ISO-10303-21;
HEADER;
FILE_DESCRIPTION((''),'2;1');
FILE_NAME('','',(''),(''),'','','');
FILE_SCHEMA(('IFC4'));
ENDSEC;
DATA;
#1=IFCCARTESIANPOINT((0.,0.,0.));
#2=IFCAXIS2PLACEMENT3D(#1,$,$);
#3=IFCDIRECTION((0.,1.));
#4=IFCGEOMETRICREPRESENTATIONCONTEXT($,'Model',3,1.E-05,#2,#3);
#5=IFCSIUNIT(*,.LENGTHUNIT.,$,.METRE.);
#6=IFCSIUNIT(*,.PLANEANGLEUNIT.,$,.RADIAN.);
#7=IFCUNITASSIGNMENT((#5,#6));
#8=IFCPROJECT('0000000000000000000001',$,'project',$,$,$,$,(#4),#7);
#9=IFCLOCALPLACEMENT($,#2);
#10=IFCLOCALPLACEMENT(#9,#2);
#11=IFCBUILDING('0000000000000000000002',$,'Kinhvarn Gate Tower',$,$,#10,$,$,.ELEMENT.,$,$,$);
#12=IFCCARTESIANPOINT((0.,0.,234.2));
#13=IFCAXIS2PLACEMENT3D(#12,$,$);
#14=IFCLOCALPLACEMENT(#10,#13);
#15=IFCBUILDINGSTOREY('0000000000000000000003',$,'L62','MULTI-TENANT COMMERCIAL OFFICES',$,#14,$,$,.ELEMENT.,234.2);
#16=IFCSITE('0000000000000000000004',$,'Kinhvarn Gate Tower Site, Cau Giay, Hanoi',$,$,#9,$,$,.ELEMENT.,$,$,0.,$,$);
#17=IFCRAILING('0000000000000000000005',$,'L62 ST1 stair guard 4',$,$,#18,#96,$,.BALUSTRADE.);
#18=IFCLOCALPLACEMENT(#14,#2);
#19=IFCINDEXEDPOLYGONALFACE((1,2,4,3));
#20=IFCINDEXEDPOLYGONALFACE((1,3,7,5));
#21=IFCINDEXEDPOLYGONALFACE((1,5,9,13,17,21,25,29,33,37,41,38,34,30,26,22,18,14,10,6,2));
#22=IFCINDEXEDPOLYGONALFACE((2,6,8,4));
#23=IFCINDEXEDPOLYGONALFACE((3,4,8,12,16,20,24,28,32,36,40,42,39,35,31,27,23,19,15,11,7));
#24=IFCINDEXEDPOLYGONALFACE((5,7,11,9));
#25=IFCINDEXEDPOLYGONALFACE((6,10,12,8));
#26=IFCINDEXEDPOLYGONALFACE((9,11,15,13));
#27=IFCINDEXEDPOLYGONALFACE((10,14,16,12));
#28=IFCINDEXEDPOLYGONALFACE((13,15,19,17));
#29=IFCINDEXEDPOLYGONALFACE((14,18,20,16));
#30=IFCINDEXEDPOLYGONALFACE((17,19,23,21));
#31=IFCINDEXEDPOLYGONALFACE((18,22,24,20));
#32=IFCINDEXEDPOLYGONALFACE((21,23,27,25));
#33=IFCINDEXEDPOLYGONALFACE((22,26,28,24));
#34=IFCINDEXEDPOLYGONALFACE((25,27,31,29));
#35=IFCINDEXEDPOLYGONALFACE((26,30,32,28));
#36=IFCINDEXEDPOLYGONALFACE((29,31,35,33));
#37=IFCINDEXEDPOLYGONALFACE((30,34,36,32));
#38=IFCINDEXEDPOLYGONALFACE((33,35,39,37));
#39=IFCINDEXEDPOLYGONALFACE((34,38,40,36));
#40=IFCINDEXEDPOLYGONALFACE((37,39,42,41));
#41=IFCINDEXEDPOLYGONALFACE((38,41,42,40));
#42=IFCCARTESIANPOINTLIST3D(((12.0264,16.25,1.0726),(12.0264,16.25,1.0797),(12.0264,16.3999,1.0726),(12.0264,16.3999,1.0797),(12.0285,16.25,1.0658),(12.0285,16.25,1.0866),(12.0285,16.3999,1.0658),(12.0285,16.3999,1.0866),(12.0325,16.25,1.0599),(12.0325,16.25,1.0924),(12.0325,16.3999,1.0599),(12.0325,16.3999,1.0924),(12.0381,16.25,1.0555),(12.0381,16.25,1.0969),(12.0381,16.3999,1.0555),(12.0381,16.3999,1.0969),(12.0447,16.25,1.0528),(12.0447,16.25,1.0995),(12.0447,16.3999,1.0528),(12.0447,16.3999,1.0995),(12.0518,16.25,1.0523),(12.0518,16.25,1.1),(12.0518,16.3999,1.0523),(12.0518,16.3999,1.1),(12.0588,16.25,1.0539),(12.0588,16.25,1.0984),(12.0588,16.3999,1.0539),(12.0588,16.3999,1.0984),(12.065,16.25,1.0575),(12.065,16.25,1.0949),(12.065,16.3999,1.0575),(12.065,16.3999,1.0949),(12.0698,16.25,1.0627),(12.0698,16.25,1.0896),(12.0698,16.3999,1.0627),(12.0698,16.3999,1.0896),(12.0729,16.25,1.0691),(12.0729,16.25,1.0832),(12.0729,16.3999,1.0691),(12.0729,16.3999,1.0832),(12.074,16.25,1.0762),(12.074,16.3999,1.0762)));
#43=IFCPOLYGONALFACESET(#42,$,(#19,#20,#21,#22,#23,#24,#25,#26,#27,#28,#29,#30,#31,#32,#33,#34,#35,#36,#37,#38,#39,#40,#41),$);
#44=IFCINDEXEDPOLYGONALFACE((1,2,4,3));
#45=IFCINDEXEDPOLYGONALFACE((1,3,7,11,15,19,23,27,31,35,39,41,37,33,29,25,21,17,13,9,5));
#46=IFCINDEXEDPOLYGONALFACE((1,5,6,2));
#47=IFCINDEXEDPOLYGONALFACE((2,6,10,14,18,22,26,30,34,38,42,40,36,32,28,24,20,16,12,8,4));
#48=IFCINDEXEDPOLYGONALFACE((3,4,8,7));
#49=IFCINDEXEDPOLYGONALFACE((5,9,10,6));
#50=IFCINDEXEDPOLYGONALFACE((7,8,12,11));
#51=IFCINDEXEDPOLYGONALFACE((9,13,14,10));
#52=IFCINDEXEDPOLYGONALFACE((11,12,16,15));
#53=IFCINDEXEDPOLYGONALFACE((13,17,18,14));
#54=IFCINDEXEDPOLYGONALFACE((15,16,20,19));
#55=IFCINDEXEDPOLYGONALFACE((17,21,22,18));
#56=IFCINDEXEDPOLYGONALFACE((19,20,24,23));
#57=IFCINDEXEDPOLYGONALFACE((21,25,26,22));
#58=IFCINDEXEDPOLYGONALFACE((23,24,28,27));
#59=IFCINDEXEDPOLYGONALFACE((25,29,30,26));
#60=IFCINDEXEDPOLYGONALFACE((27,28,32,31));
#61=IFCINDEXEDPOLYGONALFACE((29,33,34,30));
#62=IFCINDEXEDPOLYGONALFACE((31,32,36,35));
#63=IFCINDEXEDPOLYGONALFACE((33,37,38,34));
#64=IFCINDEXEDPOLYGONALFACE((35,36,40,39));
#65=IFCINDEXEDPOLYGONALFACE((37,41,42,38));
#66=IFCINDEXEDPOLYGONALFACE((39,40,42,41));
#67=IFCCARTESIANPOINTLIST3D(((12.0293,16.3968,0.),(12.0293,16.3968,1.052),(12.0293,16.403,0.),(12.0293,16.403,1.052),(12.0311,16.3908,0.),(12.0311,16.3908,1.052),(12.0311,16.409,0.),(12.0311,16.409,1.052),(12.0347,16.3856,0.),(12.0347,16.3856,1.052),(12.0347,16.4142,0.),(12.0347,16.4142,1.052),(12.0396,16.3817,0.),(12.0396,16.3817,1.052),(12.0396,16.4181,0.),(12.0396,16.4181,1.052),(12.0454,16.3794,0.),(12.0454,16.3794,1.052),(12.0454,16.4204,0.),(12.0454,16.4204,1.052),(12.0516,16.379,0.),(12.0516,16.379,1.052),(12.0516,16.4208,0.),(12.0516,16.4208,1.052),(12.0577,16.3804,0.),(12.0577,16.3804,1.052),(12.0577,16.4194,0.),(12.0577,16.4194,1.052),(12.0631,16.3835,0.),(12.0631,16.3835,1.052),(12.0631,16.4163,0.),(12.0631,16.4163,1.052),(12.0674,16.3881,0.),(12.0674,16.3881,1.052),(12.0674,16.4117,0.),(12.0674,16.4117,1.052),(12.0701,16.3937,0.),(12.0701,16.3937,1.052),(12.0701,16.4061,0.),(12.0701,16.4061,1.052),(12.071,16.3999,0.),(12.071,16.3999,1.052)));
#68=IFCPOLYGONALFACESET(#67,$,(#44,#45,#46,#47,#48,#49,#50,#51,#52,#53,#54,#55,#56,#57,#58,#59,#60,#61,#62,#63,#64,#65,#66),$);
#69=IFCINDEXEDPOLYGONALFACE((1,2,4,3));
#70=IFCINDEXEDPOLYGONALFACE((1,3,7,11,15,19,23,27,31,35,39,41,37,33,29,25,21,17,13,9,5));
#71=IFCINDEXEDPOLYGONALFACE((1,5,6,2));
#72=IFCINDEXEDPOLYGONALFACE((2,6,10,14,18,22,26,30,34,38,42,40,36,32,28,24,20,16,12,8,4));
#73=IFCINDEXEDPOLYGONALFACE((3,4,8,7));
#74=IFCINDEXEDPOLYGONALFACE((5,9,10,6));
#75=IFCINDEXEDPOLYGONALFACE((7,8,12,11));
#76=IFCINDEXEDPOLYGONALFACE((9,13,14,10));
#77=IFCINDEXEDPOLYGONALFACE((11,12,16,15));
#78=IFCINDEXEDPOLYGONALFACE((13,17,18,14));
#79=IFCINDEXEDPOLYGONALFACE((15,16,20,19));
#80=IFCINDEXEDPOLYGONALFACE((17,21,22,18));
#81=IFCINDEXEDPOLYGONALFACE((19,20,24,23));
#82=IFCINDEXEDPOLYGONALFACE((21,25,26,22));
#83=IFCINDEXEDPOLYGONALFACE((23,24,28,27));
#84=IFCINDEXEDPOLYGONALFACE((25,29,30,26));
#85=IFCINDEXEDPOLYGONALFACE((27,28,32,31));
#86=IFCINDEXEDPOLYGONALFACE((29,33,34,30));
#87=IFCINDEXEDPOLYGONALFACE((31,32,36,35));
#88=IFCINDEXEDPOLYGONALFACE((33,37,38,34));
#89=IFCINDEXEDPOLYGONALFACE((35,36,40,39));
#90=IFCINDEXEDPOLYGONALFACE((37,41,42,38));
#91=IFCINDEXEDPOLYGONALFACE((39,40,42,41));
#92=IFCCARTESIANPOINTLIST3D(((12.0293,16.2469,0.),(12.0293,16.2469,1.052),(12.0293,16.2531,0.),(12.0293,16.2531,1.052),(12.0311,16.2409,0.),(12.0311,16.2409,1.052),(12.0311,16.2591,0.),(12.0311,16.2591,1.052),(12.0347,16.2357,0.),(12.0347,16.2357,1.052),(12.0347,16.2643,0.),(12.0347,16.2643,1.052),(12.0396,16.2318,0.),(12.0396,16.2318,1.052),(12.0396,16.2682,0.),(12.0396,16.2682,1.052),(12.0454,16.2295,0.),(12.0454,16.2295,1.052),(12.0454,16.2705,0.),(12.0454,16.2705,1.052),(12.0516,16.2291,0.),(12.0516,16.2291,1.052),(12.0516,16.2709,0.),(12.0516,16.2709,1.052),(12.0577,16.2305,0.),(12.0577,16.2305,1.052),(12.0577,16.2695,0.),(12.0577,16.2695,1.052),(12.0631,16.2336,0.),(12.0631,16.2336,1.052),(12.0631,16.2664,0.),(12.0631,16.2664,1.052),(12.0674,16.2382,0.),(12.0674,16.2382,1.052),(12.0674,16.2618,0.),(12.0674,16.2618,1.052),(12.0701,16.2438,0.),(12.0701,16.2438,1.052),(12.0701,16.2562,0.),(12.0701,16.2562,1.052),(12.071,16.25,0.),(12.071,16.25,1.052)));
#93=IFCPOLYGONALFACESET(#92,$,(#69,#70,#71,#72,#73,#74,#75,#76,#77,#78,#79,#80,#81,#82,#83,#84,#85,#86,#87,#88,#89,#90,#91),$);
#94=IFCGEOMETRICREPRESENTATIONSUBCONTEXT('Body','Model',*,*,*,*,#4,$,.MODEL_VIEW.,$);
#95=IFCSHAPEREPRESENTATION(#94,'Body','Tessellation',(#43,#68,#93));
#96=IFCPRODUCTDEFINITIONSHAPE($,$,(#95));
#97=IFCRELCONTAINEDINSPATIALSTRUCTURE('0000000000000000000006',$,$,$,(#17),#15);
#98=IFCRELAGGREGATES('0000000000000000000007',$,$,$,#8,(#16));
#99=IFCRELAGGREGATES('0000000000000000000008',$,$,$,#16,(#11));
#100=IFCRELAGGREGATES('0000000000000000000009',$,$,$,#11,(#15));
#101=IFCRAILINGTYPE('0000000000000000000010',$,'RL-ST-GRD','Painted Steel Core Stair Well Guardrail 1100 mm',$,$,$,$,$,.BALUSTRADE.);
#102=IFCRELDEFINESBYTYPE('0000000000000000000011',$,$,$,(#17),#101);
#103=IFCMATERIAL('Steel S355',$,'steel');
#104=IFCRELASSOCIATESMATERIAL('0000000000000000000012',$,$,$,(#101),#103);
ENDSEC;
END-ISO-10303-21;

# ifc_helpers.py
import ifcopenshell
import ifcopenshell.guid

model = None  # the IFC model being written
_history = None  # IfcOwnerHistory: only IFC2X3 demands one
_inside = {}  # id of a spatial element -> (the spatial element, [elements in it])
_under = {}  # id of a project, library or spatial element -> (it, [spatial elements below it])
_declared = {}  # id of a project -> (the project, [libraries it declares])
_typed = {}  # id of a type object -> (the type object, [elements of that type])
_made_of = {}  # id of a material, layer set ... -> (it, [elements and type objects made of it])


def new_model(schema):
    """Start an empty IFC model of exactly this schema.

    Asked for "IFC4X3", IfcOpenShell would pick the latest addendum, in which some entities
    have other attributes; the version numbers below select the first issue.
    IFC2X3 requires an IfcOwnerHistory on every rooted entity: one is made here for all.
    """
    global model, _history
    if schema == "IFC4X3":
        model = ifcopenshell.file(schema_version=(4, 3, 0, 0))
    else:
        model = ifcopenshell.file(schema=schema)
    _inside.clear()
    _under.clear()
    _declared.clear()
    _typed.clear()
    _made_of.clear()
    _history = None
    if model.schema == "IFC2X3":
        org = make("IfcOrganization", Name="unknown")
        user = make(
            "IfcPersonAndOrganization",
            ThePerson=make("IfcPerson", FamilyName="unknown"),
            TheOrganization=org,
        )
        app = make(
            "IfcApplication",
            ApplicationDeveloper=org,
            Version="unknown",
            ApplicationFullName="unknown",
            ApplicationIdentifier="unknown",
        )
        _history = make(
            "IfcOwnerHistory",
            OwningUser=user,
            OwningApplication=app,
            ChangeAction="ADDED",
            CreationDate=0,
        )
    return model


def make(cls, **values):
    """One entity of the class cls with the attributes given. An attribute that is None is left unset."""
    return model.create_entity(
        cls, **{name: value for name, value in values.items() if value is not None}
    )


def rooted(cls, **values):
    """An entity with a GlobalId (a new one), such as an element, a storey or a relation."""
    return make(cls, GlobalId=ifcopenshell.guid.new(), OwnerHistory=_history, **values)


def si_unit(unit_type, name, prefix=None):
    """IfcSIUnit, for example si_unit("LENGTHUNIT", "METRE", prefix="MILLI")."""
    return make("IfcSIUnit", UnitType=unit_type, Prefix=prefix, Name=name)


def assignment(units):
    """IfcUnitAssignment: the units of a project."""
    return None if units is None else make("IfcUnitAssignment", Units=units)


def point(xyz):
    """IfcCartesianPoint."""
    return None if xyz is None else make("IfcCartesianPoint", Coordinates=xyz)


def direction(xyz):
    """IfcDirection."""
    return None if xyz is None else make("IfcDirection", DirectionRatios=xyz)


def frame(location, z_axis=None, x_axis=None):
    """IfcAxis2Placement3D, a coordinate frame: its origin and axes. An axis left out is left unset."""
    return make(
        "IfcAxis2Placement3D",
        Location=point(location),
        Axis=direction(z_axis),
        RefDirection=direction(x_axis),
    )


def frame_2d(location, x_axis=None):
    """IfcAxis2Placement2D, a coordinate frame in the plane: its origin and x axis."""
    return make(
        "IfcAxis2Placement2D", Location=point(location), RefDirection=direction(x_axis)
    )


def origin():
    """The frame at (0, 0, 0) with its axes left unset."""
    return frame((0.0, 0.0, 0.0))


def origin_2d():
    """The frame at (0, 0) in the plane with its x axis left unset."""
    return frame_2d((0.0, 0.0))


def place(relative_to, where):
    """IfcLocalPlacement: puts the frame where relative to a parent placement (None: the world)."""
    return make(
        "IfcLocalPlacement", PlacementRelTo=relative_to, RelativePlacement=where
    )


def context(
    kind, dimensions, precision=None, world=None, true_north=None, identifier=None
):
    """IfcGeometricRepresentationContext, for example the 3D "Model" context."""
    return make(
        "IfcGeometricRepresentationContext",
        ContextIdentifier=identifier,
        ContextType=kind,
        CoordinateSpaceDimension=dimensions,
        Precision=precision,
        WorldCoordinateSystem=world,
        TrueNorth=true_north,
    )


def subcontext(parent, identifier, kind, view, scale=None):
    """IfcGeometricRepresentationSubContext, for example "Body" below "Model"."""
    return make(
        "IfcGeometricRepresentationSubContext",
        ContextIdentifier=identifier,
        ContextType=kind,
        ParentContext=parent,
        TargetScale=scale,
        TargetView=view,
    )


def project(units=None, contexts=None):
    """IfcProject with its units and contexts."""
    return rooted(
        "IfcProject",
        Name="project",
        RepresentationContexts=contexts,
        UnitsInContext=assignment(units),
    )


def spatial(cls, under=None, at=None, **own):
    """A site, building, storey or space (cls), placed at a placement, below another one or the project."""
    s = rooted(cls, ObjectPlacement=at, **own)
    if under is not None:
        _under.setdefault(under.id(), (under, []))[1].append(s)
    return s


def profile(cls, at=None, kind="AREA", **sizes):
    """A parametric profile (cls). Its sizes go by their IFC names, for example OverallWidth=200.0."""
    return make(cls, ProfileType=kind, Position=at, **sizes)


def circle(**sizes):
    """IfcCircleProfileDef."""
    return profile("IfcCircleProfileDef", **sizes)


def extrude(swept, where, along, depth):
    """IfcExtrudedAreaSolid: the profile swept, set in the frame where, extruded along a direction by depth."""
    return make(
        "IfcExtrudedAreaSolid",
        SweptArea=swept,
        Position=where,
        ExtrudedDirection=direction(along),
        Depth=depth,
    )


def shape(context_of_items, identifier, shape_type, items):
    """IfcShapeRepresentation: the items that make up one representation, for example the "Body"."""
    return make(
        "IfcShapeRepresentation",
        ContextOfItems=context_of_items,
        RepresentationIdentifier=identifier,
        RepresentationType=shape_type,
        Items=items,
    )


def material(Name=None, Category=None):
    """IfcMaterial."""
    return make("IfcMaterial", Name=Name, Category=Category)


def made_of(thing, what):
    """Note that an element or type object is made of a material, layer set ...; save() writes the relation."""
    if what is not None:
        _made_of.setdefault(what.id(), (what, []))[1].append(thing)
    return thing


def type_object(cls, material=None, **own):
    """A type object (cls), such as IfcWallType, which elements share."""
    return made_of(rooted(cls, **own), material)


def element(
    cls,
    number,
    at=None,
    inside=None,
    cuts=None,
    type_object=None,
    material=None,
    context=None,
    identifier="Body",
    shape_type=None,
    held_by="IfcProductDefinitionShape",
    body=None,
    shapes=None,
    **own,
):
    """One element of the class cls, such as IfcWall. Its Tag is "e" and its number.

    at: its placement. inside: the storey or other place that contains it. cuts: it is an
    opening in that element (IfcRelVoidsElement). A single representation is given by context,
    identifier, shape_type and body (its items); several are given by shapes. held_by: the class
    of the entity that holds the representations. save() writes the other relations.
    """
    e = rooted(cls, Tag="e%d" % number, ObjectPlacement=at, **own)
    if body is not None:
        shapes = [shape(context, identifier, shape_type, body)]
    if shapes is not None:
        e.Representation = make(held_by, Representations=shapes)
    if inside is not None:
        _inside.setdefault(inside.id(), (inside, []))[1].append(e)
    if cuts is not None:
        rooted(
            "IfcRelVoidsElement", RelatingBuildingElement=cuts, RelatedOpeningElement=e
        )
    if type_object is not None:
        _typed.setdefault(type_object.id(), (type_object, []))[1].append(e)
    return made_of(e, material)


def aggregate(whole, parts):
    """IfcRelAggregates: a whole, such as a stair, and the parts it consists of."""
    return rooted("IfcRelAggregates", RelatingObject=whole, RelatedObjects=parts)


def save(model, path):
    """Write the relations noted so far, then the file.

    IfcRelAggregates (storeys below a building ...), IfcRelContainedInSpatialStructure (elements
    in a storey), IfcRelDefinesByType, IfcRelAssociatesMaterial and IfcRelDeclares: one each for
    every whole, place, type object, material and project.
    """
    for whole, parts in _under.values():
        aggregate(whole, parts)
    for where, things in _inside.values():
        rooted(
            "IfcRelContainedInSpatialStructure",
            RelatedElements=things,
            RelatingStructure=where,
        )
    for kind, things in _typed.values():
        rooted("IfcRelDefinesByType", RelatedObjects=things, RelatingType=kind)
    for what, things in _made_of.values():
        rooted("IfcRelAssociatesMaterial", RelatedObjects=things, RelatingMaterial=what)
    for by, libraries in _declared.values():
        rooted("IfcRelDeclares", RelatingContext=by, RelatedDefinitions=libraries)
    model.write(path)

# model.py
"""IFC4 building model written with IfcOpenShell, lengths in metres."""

from ifc_helpers import new_model, si_unit, direction, frame, origin, origin_2d, place, context, subcontext, project, spatial, circle, extrude, material, type_object, element, save


model = new_model("IFC4")

# Units and contexts
model_context = context("Model", 3, precision=1e-05, world=origin(), true_north=direction((0.0, 1.0)))
body_context = subcontext(model_context, "Body", "Model", "MODEL_VIEW")
ifc_project = project(units=[si_unit("LENGTHUNIT", "METRE"), si_unit("PLANEANGLEUNIT", "RADIAN")], contexts=[model_context])

# Site, building, storey
site_placement = place(None, origin())
site = spatial("IfcSite", under=ifc_project, at=site_placement, Name="Kinhvarn Gate Tower Site, Cau Giay, Hanoi", CompositionType="ELEMENT", RefElevation=0.0)
building_placement = place(site_placement, origin())
building = spatial("IfcBuilding", under=site, at=building_placement, Name="Kinhvarn Gate Tower", CompositionType="ELEMENT")
storey_placement = place(building_placement, frame((0.0, 0.0, 234.2)))
storey = spatial("IfcBuildingStorey", under=building, at=storey_placement, Name="L62", Description="MULTI-TENANT COMMERCIAL OFFICES", CompositionType="ELEMENT", Elevation=234.2)

# Shared definitions
ifc_material_1 = material(Name="Steel S355", Category="steel")

# Railing
railing_type_1 = type_object("IfcRailingType", Name="RL-ST-GRD", Description="Painted Steel Core Stair Well Guardrail 1100 mm", PredefinedType="BALUSTRADE", material=ifc_material_1)
railing_1_placement = place(storey_placement, frame((12.05, 16.3999, 0.0)))
element("IfcRailing", 1, at=railing_1_placement, inside=storey, type_object=railing_type_1, Name="L62 ST1 stair guard 4", PredefinedType="BALUSTRADE", context=body_context, shape_type="SweptSolid", body=[
    extrude(circle(Radius=0.0239, at=origin_2d()), frame((0.0, 0.0, 1.0762), z_axis=(0.0, -1.0, 0.0), x_axis=(1.0, 0.0, 0.0)), (0.0, 0.0, 1.0), 0.1499),
    extrude(circle(Radius=0.021, at=origin_2d()), origin(), (0.0, 0.0, 1.0), 1.052),
    extrude(circle(Radius=0.021, at=origin_2d()), frame((0.0, -0.1499, 0.0)), (0.0, 0.0, 1.0), 1.052),
])

save(model, "model.ifc")
